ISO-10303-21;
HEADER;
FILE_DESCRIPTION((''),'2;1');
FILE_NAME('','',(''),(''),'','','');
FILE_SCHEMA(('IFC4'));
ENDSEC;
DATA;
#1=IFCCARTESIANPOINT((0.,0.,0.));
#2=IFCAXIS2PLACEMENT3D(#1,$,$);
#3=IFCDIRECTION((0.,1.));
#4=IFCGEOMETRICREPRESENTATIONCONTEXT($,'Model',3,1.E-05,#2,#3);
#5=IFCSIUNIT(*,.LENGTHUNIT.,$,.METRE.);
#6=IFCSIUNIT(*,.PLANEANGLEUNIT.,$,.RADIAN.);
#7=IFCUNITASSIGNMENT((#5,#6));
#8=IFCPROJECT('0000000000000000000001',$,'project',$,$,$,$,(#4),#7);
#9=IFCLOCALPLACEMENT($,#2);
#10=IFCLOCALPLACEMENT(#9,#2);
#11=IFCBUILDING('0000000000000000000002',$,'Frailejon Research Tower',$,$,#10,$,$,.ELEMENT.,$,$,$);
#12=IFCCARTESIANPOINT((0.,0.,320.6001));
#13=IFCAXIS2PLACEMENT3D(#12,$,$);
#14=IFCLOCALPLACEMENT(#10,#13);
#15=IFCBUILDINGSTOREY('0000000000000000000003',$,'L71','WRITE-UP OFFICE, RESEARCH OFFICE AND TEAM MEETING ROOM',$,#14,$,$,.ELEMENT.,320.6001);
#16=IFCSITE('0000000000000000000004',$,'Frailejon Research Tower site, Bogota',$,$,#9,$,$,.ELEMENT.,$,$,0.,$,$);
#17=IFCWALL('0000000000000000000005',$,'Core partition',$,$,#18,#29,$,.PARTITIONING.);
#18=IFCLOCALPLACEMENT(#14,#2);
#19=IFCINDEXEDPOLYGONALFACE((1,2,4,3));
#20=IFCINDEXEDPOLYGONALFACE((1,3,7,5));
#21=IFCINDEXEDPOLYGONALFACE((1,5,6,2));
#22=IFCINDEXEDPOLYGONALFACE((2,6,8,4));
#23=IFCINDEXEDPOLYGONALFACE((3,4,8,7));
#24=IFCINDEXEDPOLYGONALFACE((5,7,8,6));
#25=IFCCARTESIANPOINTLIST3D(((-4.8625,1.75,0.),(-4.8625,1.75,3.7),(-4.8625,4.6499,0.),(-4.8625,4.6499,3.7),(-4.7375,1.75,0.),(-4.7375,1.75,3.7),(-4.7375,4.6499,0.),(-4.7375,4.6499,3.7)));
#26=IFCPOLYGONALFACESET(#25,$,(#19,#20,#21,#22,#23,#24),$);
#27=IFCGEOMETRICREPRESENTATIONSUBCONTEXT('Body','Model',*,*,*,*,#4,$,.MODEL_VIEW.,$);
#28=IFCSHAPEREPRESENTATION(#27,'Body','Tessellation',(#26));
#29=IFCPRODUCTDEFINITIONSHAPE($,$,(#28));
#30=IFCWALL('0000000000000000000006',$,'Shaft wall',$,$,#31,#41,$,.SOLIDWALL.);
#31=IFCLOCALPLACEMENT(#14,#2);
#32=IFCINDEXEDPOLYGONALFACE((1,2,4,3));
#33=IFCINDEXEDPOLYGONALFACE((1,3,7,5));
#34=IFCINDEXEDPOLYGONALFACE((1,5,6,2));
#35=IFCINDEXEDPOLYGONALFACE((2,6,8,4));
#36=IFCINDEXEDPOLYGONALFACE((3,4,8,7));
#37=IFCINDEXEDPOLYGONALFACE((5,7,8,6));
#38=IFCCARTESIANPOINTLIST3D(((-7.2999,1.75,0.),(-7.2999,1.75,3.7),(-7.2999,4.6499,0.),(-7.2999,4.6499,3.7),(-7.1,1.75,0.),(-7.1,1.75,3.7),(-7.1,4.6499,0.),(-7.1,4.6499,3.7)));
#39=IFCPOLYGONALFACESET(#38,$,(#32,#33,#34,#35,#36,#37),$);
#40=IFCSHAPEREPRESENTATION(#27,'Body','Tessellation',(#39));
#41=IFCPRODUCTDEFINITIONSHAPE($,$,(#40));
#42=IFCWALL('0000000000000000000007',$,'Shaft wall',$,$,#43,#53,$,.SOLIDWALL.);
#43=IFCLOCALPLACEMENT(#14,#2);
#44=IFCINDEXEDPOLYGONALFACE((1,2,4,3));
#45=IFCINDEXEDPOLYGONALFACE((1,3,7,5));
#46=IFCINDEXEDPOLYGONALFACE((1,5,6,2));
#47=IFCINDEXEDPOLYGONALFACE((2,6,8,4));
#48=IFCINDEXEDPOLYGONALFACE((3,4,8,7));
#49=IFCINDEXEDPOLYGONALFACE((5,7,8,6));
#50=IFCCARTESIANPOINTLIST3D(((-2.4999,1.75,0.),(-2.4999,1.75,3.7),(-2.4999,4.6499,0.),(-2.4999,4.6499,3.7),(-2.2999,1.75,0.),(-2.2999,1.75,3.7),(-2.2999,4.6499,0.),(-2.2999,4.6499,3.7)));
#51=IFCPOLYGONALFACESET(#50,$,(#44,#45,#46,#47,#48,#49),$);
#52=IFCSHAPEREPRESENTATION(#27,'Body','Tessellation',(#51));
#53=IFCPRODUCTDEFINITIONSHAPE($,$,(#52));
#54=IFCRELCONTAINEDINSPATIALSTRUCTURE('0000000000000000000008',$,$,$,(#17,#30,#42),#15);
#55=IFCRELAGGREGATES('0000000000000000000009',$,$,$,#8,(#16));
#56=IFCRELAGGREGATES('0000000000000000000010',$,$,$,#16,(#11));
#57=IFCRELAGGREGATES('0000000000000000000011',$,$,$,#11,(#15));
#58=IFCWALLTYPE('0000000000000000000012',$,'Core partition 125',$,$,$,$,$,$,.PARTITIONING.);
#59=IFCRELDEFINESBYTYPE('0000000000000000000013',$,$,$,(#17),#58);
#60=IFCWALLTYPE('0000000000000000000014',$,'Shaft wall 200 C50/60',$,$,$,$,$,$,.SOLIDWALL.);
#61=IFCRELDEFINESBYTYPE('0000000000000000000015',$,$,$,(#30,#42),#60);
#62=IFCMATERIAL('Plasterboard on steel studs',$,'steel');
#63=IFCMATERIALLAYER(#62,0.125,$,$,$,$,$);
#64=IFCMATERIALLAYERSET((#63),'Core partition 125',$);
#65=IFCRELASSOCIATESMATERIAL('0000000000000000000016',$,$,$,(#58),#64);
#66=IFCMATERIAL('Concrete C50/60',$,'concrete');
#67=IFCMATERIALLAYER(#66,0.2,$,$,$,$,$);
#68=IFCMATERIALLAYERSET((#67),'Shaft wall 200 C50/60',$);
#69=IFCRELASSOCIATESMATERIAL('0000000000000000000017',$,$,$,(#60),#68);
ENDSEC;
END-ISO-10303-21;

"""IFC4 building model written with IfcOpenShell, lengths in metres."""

from ifc_helpers import new_model, si_unit, direction, frame, frame_2d, origin, place, context, subcontext, project, spatial, rectangle, extrude, material, layer, layer_set, type_object, element, save


model = new_model("IFC4")

# Units and contexts
model_context = context("Model", 3, precision=1e-05, world=origin(), true_north=direction((0.0, 1.0)))
body_context = subcontext(model_context, "Body", "Model", "MODEL_VIEW")
ifc_project = project(units=[si_unit("LENGTHUNIT", "METRE"), si_unit("PLANEANGLEUNIT", "RADIAN")], contexts=[model_context])

# Site, building, storey
site_placement = place(None, origin())
site = spatial("IfcSite", under=ifc_project, at=site_placement, Name="Frailejon Research Tower site, Bogota", CompositionType="ELEMENT", RefElevation=0.0)
building_placement = place(site_placement, origin())
building = spatial("IfcBuilding", under=site, at=building_placement, Name="Frailejon Research Tower", CompositionType="ELEMENT")
storey_placement = place(building_placement, frame((0.0, 0.0, 320.6001)))
storey = spatial("IfcBuildingStorey", under=building, at=storey_placement, Name="L71", Description="WRITE-UP OFFICE, RESEARCH OFFICE AND TEAM MEETING ROOM", CompositionType="ELEMENT", Elevation=320.6001)

# Walls
ifc_material_1 = material(Name="Plasterboard on steel studs", Category="steel")
ifc_layer_1 = layer(ifc_material_1, 0.125)
ifc_layer_set_1 = layer_set([ifc_layer_1], Name="Core partition 125")
wall_type_1 = type_object("IfcWallType", Name="Core partition 125", PredefinedType="PARTITIONING", material=ifc_layer_set_1)
wall_1_placement = place(storey_placement, frame((-4.8, 1.75, 0.0), z_axis=(0.0, 0.0, 1.0), x_axis=(0.0, 1.0, 0.0)))
element("IfcWall", 1, at=wall_1_placement, inside=storey, type_object=wall_type_1, Name="Core partition", PredefinedType="PARTITIONING", context=body_context, shape_type="SweptSolid", body=[
    extrude(rectangle(XDim=2.8999, YDim=0.125, at=frame_2d((1.45, 0.0))), origin(), (0.0, 0.0, 1.0), 3.7),
])
ifc_material_2 = material(Name="Concrete C50/60", Category="concrete")
ifc_layer_2 = layer(ifc_material_2, 0.2)
ifc_layer_set_2 = layer_set([ifc_layer_2], Name="Shaft wall 200 C50/60")
wall_type_2 = type_object("IfcWallType", Name="Shaft wall 200 C50/60", PredefinedType="SOLIDWALL", material=ifc_layer_set_2)
for number, where, z_axis, x_axis, name in (
    (2, (-7.2, 1.75, 0.0), (0.0, 0.0, 1.0), (0.0, 1.0, 0.0), "Shaft wall"),
    (3, (-2.3999, 1.75, 0.0), (0.0, 0.0, 1.0), (0.0, 1.0, 0.0), "Shaft wall"),
):
    element("IfcWall", number, at=place(storey_placement, frame(where, z_axis=z_axis, x_axis=x_axis)), inside=storey, type_object=wall_type_2, Name=name, PredefinedType="SOLIDWALL", context=body_context, shape_type="SweptSolid", body=[
        extrude(rectangle(XDim=2.8999, YDim=0.2, at=frame_2d((1.45, 0.0))), origin(), (0.0, 0.0, 1.0), 3.7),
    ])

save(model, "model.ifc")
